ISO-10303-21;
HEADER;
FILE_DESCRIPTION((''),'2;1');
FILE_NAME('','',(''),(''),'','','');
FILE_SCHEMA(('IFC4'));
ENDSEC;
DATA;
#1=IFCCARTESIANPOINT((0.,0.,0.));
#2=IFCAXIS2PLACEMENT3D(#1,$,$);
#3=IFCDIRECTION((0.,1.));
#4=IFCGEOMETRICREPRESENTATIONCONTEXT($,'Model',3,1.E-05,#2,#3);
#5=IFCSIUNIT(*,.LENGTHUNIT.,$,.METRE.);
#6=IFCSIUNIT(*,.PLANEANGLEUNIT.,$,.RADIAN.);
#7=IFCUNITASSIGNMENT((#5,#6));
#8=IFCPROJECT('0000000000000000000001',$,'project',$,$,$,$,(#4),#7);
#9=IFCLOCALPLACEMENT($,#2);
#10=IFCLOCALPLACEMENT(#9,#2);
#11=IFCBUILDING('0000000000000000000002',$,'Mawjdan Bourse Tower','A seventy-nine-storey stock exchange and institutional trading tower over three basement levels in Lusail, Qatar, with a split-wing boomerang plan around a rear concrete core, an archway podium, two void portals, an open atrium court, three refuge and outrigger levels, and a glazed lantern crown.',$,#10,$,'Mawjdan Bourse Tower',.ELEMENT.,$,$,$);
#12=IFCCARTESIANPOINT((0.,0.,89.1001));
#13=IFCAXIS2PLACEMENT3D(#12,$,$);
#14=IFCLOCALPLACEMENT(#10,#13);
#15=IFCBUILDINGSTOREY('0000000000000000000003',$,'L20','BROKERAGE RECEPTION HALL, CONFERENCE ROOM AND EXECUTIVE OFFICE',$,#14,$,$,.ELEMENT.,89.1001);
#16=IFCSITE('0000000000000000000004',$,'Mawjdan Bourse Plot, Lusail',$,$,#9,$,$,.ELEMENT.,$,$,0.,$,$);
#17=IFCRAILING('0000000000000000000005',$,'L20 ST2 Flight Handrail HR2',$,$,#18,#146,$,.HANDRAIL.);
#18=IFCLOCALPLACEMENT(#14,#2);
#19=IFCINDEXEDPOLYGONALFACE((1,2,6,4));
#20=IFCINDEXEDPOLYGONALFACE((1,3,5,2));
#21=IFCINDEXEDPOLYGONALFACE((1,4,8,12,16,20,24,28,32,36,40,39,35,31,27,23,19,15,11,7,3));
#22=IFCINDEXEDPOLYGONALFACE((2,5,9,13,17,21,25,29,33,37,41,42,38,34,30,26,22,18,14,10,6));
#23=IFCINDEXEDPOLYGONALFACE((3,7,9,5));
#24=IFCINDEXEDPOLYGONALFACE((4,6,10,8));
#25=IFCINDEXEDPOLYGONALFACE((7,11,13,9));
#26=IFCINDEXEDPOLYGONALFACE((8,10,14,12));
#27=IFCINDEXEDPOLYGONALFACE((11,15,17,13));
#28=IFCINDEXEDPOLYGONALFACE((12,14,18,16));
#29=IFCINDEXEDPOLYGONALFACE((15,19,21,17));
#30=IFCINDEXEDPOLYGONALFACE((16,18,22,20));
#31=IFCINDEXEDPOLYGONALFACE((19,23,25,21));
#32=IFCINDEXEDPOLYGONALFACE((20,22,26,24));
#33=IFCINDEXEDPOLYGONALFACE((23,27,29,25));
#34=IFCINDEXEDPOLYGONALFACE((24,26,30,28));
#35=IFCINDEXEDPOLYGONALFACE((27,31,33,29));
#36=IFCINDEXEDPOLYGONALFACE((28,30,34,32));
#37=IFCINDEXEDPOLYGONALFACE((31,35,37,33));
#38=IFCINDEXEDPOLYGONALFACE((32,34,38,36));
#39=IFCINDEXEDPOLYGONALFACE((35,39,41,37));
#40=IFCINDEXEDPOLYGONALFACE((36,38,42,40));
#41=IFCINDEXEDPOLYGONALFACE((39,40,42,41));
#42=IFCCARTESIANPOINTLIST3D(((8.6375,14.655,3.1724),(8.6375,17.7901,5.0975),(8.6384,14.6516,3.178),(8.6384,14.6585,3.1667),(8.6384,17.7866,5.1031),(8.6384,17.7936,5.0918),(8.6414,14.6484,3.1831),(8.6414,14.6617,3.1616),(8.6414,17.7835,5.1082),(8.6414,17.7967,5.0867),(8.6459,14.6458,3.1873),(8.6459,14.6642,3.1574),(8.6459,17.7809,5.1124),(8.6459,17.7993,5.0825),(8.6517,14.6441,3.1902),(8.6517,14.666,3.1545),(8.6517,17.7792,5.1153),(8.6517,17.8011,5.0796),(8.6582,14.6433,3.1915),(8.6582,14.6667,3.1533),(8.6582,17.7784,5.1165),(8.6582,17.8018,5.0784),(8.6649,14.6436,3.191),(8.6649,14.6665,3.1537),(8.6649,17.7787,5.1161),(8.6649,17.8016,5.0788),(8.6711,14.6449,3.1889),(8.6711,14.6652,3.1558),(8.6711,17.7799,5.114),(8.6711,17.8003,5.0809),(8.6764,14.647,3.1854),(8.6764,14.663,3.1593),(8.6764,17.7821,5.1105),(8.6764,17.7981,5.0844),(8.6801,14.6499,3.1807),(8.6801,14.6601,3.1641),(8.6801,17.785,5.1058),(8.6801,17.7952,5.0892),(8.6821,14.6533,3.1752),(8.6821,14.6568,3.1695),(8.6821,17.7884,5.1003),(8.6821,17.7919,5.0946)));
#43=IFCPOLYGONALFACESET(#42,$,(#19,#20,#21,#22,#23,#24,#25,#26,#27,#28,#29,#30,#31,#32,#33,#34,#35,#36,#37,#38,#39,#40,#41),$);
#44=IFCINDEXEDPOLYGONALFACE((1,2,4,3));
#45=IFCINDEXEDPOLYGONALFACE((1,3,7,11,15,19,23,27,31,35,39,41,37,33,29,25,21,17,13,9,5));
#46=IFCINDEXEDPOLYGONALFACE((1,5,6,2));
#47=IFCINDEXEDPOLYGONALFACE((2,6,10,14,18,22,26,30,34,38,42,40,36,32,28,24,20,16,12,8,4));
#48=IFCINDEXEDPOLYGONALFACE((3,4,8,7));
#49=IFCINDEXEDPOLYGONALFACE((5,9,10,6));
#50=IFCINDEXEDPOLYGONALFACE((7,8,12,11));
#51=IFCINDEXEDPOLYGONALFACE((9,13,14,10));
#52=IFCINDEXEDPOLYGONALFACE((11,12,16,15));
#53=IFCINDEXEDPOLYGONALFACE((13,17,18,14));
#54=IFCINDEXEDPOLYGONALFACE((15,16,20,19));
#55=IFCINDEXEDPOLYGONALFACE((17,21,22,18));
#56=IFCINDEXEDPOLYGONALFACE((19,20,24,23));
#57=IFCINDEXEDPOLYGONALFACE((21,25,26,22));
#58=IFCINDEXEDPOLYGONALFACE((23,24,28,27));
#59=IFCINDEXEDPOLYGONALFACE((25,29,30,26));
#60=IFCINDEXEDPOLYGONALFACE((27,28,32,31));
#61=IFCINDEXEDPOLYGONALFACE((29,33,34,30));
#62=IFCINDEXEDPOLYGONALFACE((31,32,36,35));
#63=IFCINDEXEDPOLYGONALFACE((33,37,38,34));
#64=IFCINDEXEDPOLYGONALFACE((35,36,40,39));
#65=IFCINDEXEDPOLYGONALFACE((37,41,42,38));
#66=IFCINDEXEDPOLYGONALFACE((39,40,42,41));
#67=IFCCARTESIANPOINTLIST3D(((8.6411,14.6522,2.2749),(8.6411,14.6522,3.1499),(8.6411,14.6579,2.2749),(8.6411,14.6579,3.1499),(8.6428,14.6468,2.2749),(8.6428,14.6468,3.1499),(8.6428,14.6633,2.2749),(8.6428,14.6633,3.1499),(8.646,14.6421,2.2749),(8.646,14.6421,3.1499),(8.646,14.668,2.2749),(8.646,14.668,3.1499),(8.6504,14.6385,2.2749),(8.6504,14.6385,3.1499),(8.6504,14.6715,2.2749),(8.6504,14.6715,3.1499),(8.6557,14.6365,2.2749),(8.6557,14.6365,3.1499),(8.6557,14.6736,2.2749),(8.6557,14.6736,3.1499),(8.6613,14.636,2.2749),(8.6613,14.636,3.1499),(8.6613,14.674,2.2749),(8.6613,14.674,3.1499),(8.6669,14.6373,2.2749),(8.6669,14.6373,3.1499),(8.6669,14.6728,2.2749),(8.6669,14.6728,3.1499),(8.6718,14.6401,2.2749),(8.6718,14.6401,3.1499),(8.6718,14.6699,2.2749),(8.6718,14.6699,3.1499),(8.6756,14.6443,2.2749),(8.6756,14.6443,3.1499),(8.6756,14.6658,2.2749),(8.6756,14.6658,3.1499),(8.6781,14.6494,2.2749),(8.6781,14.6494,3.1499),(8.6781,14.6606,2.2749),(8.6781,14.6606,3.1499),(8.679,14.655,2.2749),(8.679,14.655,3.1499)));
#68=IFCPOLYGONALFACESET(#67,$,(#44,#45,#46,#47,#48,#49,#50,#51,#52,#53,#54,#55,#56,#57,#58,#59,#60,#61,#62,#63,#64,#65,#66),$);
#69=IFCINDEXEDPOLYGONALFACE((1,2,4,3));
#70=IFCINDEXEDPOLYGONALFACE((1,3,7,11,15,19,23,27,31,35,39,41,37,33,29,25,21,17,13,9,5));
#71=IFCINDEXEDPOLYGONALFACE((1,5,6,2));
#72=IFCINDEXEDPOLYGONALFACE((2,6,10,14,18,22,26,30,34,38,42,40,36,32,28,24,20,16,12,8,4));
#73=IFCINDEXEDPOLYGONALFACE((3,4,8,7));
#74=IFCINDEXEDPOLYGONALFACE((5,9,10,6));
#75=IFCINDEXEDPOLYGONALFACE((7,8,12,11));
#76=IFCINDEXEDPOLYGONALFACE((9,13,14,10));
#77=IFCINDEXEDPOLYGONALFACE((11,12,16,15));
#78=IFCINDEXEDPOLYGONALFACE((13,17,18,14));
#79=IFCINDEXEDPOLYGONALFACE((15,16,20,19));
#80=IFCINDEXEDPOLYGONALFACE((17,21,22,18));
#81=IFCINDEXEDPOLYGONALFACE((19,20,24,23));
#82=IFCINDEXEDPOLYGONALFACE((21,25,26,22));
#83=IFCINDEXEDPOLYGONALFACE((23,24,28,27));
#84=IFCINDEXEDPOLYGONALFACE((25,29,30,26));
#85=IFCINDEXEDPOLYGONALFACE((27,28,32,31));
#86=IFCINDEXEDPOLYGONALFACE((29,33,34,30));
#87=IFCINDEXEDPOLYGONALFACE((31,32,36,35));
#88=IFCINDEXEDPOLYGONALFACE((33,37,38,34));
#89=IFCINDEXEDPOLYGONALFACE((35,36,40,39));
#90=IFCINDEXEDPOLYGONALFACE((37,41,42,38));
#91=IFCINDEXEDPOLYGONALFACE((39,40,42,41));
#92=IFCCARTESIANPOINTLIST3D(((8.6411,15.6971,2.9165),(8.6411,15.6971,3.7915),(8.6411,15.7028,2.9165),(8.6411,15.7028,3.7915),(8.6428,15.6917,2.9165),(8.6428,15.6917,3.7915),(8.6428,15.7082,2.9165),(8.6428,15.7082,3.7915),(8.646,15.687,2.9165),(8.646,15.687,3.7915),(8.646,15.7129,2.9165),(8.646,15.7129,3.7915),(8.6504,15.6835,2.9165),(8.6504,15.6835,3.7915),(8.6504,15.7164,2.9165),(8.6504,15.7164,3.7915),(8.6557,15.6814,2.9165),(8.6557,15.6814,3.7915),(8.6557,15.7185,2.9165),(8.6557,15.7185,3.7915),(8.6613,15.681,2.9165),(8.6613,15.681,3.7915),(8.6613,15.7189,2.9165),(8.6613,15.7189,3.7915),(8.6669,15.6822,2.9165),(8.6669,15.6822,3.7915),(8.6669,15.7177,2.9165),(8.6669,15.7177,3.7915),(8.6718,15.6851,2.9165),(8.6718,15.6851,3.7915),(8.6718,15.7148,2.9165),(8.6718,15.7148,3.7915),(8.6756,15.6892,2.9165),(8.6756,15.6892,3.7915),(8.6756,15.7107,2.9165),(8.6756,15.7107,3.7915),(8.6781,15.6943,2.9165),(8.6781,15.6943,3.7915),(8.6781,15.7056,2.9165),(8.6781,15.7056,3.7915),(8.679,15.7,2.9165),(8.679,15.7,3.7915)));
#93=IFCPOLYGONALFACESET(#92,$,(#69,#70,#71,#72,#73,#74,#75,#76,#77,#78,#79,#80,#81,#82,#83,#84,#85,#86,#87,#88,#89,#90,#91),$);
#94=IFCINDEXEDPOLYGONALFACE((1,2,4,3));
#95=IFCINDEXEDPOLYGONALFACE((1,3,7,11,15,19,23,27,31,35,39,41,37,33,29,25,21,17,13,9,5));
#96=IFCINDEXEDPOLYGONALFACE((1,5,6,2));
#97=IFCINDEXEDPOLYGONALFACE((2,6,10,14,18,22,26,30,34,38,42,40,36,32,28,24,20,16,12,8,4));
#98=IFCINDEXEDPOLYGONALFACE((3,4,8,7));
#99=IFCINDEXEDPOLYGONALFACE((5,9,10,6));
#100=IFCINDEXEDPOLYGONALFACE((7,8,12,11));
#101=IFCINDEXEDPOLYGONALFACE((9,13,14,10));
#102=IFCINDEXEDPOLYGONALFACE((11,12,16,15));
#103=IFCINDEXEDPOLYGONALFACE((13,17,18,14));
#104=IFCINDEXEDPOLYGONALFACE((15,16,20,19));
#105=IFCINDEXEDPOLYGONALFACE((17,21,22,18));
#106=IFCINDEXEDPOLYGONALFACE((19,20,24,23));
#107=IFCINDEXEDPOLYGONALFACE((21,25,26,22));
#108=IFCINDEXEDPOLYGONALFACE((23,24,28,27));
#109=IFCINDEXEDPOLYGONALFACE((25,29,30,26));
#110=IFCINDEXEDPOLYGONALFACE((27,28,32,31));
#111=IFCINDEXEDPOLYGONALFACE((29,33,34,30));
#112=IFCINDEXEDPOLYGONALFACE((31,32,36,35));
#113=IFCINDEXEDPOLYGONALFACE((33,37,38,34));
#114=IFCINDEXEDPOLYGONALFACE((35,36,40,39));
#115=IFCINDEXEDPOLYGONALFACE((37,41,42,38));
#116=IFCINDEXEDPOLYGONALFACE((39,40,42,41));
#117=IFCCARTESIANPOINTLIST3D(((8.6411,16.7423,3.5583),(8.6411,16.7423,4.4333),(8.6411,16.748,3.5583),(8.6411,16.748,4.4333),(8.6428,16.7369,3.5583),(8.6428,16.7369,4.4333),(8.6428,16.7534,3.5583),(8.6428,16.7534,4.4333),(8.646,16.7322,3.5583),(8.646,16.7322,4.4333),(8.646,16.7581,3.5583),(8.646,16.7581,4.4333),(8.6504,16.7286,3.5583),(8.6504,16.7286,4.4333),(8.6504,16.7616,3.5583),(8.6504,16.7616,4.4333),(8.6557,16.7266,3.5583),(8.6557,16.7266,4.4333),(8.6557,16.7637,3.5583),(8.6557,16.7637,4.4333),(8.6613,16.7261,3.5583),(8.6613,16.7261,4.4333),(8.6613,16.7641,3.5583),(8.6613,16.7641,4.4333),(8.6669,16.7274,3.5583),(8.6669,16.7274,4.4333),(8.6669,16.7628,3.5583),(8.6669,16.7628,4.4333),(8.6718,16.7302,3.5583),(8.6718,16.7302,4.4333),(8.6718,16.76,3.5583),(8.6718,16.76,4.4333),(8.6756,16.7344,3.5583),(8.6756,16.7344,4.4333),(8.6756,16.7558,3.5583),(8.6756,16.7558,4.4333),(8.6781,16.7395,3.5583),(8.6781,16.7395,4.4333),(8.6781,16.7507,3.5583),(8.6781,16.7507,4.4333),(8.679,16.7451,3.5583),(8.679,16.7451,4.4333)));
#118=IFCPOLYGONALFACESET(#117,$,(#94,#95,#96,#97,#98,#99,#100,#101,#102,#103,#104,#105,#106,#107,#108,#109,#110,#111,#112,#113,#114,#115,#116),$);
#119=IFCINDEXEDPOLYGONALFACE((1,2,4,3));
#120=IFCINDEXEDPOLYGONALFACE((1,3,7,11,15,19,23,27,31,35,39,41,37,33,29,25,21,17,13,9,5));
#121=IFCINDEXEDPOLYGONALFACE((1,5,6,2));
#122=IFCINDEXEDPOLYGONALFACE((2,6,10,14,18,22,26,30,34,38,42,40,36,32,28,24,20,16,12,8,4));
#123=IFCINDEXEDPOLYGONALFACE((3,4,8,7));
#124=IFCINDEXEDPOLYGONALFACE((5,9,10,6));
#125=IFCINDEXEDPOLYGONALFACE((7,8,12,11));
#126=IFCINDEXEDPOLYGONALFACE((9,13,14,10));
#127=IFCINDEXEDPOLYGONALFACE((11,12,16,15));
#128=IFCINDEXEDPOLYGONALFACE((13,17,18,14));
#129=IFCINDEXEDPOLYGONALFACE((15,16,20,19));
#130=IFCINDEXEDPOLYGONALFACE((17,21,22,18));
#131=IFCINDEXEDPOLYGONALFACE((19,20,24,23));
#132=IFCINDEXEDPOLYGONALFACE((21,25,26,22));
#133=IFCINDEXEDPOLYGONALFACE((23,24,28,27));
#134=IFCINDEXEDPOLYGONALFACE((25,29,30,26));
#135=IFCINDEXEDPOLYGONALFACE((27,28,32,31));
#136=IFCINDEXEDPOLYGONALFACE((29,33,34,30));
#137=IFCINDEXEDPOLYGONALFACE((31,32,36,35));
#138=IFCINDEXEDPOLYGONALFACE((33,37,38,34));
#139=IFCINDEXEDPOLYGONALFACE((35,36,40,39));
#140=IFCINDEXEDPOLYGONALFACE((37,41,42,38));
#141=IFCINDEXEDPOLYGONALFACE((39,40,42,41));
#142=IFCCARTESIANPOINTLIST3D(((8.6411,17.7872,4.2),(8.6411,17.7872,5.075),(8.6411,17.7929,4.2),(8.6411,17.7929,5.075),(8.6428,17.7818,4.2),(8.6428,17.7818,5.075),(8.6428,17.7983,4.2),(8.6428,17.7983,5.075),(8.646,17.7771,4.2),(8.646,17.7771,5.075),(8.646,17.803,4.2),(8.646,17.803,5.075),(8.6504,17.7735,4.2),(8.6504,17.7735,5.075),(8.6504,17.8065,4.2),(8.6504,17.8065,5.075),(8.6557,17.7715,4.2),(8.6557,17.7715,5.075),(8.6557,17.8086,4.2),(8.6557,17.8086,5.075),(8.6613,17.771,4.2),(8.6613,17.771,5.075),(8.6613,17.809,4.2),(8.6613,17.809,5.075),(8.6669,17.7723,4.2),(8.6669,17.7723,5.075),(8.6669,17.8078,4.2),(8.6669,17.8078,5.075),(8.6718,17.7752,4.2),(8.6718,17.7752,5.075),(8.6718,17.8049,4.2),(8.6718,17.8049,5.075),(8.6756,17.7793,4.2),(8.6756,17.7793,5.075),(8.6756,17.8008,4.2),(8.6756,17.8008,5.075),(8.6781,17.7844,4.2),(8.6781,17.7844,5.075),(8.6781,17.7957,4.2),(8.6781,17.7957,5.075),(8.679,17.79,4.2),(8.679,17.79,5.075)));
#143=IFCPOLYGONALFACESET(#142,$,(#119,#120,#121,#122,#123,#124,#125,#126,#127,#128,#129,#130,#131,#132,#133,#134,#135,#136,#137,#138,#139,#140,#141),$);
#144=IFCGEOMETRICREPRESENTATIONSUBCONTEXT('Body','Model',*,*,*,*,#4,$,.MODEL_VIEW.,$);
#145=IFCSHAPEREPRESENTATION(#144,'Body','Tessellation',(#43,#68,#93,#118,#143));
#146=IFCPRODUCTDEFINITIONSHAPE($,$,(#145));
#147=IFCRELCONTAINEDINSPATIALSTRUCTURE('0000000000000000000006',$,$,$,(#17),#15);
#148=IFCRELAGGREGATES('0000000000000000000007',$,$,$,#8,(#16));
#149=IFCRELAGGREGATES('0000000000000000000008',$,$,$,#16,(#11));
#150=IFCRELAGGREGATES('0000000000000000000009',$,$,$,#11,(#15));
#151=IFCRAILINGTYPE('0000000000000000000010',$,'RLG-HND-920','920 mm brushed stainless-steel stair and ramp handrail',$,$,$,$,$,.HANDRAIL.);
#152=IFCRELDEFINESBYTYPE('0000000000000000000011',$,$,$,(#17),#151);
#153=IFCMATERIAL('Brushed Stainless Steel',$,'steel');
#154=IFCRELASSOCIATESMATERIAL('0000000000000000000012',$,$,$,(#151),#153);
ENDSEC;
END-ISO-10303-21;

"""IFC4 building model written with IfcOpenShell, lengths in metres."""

from ifc_helpers import new_model, si_unit, direction, frame, origin, origin_2d, place, context, subcontext, project, spatial, circle, extrude, material, type_object, element, save


model = new_model("IFC4")

# Units and contexts
model_context = context("Model", 3, precision=1e-05, world=origin(), true_north=direction((0.0, 1.0)))
body_context = subcontext(model_context, "Body", "Model", "MODEL_VIEW")
ifc_project = project(units=[si_unit("LENGTHUNIT", "METRE"), si_unit("PLANEANGLEUNIT", "RADIAN")], contexts=[model_context])

# Site, building, storey
site_placement = place(None, origin())
site = spatial("IfcSite", under=ifc_project, at=site_placement, Name="Mawjdan Bourse Plot, Lusail", CompositionType="ELEMENT", RefElevation=0.0)
building_placement = place(site_placement, origin())
building = spatial("IfcBuilding", under=site, at=building_placement, Name="Mawjdan Bourse Tower", Description="A seventy-nine-storey stock exchange and institutional trading tower over three basement levels in Lusail, Qatar, with a split-wing boomerang plan around a rear concrete core, an archway podium, two void portals, an open atrium court, three refuge and outrigger levels, and a glazed lantern crown.", LongName="Mawjdan Bourse Tower", CompositionType="ELEMENT")
storey_placement = place(building_placement, frame((0.0, 0.0, 89.1001)))
storey = spatial("IfcBuildingStorey", under=building, at=storey_placement, Name="L20", Description="BROKERAGE RECEPTION HALL, CONFERENCE ROOM AND EXECUTIVE OFFICE", CompositionType="ELEMENT", Elevation=89.1001)

# Shared definitions
ifc_material_1 = material(Name="Brushed Stainless Steel", Category="steel")

# Railing
railing_type_1 = type_object("IfcRailingType", Name="RLG-HND-920", Description="920 mm brushed stainless-steel stair and ramp handrail", PredefinedType="HANDRAIL", material=ifc_material_1)
for number, where, name in (
    (1, (8.6599, 14.655, 2.2749), "L20 ST2 Flight Handrail HR2"),
):
    element("IfcRailing", number, at=place(storey_placement, frame(where)), inside=storey, type_object=railing_type_1, Name=name, PredefinedType="HANDRAIL", context=body_context, shape_type="SweptSolid", body=[
        extrude(circle(Radius=0.0225, at=origin_2d()), frame((0.0, 0.0, 0.8975), z_axis=(0.0, 0.852166, 0.523271), x_axis=(-1.0, 0.0, 0.0)), (0.0, 0.0, 1.0), 3.679),
        extrude(circle(Radius=0.019, at=origin_2d()), origin(), (0.0, 0.0, 1.0), 0.875),
        extrude(circle(Radius=0.019, at=origin_2d()), frame((0.0, 1.0449, 0.6416)), (0.0, 0.0, 1.0), 0.875),
        extrude(circle(Radius=0.019, at=origin_2d()), frame((0.0, 2.0901, 1.2834)), (0.0, 0.0, 1.0), 0.875),
        extrude(circle(Radius=0.019, at=origin_2d()), frame((0.0, 3.135, 1.925)), (0.0, 0.0, 1.0), 0.875),
    ])

save(model, "model.ifc")
